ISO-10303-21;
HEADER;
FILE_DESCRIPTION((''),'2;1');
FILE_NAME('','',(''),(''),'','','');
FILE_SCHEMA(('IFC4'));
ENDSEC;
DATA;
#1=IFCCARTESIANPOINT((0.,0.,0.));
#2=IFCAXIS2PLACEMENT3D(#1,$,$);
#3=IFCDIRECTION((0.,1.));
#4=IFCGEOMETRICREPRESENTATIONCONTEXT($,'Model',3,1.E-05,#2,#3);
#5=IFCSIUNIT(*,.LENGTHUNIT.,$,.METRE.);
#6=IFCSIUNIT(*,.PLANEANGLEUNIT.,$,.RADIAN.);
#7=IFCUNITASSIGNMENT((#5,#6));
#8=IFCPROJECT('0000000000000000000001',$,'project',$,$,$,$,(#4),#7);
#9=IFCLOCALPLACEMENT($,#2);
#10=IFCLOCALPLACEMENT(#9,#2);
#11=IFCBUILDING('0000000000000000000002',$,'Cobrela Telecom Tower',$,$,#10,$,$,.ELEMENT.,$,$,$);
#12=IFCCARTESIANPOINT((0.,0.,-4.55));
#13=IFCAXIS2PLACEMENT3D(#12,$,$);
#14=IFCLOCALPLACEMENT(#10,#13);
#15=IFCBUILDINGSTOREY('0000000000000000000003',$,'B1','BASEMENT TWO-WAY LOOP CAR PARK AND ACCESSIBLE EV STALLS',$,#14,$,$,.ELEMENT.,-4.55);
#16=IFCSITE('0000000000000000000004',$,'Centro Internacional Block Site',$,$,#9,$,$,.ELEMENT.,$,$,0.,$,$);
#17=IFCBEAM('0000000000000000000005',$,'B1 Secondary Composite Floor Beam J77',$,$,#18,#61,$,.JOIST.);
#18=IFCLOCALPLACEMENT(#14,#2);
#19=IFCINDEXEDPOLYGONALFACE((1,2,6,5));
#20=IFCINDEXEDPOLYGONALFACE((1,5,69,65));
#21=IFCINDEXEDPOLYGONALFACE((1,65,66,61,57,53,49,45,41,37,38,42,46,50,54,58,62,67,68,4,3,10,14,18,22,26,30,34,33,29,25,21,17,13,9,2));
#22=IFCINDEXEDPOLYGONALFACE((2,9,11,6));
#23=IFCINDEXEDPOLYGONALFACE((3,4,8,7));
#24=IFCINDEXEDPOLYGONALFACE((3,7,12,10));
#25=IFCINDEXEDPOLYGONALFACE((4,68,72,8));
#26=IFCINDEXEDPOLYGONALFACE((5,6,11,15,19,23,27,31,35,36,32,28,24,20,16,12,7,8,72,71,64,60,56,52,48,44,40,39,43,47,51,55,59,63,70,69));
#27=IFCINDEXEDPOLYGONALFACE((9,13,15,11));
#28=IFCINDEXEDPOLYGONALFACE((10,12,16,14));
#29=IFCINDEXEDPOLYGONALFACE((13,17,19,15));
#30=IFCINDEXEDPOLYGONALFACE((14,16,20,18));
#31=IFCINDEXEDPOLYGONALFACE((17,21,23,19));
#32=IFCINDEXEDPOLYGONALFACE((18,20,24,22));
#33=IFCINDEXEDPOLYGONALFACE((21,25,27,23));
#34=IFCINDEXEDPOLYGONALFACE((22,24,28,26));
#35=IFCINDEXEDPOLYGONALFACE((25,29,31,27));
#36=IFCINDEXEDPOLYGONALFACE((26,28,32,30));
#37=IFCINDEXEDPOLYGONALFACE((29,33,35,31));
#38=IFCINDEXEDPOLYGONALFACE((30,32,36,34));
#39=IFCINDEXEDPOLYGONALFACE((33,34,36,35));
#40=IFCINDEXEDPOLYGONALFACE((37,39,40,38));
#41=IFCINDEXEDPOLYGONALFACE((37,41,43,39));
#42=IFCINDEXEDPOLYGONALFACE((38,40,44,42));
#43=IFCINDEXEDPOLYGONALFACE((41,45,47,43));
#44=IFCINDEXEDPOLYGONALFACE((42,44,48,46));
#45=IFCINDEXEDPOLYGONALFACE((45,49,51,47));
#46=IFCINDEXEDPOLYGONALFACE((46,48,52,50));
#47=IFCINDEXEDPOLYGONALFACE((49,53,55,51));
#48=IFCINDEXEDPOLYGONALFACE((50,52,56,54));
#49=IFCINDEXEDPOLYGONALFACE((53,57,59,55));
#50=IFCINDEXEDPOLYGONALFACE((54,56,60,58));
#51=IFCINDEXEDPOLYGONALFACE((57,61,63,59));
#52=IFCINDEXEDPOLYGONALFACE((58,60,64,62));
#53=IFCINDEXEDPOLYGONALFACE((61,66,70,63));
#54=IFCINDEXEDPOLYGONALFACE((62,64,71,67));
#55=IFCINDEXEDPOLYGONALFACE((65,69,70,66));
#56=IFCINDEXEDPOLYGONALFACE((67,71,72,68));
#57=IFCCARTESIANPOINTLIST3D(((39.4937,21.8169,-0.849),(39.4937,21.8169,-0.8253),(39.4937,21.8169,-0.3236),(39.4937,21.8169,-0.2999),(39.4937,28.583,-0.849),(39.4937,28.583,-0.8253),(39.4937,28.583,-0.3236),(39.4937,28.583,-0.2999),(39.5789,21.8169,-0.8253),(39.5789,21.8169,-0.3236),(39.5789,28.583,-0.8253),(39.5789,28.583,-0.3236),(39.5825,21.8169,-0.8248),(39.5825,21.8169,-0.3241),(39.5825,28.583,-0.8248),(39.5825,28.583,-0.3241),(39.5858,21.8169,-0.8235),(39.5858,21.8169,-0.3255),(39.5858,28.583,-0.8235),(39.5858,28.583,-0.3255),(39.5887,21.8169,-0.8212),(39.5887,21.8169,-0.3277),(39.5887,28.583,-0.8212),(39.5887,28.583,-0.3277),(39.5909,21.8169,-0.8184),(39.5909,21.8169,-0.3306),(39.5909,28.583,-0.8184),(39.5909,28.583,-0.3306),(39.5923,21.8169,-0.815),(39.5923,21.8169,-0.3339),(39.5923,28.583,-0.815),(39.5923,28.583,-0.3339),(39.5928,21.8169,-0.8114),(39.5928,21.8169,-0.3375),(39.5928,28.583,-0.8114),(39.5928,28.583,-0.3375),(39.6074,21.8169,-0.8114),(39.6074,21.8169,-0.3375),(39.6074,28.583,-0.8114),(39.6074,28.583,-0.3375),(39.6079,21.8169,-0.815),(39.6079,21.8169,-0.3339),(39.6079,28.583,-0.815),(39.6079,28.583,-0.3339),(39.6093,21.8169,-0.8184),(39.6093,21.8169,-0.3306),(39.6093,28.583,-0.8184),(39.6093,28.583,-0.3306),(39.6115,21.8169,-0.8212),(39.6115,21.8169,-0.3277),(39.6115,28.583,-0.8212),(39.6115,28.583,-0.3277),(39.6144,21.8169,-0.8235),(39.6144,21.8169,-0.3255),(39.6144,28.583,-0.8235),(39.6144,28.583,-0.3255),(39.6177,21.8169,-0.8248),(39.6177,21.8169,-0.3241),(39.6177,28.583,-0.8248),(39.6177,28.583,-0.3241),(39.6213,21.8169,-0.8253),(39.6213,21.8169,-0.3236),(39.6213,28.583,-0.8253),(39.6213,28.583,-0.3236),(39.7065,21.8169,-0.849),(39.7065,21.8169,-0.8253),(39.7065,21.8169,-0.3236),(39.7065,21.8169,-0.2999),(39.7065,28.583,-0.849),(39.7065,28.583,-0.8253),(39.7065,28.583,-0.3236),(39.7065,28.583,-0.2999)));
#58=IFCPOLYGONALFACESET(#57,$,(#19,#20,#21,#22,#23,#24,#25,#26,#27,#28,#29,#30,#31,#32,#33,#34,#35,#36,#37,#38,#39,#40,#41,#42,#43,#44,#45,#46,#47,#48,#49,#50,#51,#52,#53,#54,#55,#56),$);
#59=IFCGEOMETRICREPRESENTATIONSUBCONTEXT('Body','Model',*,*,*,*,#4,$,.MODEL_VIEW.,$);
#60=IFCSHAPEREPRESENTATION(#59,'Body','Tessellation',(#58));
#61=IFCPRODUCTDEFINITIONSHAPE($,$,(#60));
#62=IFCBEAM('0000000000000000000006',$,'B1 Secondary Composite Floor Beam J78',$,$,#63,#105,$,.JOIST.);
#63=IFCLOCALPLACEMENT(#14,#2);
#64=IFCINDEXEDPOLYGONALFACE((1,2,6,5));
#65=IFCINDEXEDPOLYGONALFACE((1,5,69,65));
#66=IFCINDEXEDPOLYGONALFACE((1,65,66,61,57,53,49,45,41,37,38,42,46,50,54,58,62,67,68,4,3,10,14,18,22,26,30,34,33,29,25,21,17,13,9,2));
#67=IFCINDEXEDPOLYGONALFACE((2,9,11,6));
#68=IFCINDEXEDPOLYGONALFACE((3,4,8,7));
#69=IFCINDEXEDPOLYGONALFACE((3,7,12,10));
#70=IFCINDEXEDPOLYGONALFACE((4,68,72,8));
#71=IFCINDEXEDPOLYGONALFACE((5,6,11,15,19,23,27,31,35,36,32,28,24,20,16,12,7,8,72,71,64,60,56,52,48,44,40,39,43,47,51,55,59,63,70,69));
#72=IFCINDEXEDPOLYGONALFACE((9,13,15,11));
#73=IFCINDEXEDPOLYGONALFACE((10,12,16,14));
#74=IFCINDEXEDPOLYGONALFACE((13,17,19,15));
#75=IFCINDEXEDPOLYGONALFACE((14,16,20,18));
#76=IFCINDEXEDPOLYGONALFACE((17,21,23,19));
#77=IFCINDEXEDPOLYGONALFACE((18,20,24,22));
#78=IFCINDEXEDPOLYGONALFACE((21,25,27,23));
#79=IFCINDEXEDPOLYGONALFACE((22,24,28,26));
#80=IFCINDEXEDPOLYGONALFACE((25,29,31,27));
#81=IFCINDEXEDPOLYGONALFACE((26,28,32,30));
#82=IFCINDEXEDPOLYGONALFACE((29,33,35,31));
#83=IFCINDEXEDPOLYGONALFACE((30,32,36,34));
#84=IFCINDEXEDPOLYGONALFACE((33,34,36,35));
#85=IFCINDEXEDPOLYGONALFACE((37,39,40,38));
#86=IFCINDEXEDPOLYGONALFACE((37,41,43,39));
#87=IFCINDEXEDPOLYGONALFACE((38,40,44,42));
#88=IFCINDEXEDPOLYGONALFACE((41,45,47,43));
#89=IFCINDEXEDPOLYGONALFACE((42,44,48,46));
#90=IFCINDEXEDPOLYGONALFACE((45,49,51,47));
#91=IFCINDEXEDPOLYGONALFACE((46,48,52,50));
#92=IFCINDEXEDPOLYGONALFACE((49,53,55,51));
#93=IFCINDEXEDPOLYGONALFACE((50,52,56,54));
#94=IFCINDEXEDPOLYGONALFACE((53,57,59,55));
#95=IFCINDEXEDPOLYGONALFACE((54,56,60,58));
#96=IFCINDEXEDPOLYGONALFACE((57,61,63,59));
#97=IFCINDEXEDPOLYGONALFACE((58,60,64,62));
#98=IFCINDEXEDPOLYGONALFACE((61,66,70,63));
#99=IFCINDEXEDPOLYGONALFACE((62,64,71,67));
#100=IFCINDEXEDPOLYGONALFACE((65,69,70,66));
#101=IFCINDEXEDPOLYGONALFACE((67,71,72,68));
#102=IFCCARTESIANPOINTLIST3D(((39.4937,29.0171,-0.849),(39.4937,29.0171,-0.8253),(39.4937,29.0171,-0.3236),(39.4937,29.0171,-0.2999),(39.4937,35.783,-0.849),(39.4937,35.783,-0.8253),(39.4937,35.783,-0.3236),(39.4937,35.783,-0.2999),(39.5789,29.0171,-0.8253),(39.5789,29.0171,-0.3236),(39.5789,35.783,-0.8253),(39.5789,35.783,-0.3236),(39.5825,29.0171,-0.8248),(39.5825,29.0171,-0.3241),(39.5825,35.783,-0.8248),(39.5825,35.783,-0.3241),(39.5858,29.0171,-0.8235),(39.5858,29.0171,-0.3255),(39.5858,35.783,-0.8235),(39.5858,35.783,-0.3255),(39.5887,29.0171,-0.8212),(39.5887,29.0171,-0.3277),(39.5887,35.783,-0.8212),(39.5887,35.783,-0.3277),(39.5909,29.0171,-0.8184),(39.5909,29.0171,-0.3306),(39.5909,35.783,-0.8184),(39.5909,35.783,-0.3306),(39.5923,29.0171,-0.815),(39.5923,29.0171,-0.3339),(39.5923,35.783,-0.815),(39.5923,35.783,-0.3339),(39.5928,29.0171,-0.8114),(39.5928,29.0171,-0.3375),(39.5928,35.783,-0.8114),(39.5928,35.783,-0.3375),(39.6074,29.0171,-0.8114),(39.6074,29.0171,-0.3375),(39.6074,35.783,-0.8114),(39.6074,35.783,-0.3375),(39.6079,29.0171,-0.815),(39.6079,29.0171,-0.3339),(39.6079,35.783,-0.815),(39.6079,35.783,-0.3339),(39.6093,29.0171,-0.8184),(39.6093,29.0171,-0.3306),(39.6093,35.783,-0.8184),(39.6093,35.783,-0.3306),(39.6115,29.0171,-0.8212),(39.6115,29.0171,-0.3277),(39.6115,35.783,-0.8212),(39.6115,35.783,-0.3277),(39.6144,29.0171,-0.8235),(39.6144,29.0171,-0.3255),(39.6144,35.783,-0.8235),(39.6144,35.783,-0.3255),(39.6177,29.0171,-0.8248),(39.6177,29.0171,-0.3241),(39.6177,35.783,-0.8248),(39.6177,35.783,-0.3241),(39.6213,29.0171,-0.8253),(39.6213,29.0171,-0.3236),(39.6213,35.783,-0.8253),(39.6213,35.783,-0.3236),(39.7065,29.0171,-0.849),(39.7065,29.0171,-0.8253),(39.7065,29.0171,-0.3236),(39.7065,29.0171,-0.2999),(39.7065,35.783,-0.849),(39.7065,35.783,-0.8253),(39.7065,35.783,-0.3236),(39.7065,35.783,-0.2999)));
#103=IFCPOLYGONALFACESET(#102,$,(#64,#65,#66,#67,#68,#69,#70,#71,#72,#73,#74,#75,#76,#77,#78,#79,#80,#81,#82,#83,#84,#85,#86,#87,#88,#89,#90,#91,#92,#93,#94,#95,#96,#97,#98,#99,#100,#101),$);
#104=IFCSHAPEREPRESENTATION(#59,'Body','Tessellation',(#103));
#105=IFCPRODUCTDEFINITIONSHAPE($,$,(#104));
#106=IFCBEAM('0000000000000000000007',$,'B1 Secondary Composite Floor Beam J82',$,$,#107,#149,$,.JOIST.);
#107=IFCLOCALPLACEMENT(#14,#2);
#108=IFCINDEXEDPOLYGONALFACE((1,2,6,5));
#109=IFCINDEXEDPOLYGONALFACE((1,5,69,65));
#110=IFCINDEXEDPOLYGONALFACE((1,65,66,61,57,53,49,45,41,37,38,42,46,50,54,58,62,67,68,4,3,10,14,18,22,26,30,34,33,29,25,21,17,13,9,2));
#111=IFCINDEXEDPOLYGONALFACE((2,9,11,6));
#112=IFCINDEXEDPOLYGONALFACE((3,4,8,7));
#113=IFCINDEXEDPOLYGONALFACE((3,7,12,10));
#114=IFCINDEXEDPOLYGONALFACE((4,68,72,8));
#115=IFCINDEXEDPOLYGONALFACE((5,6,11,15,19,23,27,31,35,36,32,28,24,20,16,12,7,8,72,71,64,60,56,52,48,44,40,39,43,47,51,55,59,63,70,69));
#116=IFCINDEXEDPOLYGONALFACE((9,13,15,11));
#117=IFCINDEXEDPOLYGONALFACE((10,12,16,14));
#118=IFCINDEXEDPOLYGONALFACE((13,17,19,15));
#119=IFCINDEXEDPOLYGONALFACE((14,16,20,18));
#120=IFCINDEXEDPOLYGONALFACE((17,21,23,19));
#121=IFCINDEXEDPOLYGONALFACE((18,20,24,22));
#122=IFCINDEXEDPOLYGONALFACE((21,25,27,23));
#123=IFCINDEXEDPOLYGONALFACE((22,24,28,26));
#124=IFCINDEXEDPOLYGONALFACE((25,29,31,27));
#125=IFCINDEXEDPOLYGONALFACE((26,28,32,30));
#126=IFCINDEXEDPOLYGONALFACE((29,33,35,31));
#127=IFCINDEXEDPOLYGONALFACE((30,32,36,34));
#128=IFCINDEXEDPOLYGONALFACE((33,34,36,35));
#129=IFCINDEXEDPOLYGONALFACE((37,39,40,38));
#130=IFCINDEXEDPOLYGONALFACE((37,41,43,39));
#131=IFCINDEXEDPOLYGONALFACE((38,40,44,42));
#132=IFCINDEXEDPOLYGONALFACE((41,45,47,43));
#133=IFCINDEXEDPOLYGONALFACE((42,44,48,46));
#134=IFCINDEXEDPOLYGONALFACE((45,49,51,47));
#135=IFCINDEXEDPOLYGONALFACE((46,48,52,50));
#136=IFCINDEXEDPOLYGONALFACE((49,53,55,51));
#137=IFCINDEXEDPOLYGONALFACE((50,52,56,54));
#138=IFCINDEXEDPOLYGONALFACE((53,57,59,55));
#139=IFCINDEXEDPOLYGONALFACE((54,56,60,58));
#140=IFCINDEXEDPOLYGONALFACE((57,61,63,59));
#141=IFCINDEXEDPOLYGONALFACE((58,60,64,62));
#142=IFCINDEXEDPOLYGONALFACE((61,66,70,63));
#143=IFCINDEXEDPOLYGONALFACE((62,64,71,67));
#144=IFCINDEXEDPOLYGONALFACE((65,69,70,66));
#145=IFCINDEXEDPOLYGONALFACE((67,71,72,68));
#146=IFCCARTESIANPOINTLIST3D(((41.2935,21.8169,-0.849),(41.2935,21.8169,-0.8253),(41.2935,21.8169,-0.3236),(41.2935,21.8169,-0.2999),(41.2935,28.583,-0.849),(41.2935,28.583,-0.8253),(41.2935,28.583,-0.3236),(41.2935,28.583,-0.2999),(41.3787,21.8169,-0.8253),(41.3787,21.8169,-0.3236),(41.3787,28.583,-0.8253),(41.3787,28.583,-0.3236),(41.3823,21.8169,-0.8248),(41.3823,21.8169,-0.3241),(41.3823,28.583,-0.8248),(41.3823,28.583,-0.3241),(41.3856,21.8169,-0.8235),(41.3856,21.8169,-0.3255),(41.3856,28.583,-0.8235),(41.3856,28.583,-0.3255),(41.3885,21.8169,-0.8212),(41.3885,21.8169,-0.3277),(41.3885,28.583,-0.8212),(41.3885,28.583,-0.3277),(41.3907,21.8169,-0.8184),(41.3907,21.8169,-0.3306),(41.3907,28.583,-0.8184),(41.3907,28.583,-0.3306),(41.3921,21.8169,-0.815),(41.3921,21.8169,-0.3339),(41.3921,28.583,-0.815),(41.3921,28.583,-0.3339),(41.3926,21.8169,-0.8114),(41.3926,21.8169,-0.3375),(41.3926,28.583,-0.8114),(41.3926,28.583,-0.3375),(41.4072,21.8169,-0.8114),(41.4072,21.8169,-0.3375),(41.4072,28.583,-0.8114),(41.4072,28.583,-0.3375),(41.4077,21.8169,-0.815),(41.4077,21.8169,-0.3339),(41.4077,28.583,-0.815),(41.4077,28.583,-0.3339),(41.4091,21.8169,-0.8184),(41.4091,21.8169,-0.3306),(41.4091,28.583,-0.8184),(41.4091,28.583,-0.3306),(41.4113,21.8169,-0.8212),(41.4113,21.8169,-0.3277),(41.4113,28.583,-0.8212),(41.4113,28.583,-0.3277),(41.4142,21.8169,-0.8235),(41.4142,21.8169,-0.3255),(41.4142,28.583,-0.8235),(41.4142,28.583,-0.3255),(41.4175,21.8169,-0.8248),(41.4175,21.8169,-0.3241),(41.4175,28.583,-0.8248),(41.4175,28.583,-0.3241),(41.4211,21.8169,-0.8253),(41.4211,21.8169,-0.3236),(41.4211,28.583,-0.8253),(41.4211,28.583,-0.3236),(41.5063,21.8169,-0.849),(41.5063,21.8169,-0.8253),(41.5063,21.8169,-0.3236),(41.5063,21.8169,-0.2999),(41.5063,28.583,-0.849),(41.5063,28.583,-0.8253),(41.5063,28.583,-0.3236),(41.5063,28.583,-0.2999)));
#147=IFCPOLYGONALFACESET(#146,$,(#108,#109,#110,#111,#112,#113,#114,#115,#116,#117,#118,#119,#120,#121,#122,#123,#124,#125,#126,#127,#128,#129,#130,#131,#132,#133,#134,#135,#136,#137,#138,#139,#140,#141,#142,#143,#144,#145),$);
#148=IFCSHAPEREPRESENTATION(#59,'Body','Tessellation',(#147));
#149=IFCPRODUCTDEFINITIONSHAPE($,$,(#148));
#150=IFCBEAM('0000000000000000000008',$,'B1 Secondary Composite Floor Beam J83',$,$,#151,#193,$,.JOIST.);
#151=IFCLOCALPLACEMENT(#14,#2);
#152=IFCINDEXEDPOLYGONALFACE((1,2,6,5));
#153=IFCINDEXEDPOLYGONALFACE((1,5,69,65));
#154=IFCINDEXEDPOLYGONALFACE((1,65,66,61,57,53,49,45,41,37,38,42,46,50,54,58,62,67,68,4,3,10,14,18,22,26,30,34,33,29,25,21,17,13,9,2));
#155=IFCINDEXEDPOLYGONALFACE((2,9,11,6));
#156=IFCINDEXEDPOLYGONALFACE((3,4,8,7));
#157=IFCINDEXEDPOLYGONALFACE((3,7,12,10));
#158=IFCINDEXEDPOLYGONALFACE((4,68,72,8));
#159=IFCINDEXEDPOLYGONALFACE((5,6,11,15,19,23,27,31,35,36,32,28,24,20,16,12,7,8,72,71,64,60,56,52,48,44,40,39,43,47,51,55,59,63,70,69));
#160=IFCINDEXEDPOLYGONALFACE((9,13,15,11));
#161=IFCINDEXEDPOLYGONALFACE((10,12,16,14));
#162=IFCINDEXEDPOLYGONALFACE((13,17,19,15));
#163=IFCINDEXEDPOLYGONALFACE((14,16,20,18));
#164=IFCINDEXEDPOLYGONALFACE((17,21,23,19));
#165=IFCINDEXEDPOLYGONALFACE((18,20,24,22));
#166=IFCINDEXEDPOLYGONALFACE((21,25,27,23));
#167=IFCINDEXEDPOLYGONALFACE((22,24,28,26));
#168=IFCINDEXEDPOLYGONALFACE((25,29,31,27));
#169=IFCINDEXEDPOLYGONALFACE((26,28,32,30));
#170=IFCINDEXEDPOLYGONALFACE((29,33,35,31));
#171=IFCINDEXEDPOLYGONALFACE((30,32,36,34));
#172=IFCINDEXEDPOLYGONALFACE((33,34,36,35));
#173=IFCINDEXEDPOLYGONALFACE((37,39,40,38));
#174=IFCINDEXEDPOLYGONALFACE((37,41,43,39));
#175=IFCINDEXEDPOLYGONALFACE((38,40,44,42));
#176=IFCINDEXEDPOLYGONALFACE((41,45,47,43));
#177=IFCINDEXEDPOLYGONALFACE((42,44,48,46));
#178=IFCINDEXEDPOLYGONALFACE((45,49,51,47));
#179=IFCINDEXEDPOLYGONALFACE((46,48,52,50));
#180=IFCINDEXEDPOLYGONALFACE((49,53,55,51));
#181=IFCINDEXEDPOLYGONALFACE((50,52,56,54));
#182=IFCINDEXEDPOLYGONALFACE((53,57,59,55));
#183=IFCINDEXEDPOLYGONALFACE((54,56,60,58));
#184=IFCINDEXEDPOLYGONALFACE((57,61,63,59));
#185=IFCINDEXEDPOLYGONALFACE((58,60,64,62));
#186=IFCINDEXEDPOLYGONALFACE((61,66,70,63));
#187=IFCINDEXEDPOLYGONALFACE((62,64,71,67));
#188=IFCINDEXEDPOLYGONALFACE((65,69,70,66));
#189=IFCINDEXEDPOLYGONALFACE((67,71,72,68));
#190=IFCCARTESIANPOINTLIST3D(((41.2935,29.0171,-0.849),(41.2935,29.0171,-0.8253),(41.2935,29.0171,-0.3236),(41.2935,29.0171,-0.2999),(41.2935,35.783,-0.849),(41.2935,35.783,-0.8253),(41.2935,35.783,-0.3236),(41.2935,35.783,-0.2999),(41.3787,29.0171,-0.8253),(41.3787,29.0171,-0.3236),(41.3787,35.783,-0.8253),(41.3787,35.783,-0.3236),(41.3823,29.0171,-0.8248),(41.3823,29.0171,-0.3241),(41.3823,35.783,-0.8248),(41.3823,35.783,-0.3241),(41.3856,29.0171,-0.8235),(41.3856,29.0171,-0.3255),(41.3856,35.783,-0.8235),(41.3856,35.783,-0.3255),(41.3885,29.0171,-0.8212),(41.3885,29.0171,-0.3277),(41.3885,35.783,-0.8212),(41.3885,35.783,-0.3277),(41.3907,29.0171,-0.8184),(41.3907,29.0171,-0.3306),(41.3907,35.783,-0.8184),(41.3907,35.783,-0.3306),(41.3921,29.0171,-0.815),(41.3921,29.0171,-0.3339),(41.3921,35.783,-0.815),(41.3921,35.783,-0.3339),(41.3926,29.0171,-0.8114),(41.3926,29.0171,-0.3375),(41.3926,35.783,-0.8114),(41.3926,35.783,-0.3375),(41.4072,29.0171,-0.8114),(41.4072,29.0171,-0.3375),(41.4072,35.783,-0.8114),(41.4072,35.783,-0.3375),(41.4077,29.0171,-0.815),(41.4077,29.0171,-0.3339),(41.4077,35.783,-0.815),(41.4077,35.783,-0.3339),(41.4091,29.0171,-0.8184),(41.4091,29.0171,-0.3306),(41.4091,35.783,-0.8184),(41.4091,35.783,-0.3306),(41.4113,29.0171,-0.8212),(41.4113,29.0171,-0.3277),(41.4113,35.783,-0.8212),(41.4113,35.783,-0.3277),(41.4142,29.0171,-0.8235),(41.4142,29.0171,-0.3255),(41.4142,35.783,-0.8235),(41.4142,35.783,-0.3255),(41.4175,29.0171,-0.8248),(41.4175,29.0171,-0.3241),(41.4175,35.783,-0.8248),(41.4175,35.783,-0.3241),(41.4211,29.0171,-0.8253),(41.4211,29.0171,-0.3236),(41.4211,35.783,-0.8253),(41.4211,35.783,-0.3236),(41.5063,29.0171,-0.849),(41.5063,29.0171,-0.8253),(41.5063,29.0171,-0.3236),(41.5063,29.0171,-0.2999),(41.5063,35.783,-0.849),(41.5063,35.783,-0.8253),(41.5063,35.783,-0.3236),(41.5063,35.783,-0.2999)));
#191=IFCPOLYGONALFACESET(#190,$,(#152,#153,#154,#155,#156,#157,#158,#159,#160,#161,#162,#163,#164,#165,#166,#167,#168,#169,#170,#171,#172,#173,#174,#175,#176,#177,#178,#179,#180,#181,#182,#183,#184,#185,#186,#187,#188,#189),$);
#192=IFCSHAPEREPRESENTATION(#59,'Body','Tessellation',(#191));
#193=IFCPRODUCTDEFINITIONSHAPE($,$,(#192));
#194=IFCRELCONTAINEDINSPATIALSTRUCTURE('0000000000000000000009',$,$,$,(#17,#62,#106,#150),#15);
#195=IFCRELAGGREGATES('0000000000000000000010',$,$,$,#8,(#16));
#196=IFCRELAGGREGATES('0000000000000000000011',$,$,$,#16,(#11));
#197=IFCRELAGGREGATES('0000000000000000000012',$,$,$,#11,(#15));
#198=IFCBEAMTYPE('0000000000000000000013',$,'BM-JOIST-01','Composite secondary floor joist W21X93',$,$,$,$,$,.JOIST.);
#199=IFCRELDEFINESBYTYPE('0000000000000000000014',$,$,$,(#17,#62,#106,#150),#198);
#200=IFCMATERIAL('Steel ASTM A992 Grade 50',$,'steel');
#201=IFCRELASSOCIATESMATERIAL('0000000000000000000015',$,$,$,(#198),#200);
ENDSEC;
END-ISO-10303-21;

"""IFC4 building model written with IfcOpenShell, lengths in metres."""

from ifc_helpers import new_model, si_unit, direction, frame, origin, origin_2d, place, context, subcontext, project, spatial, i_section, extrude, material, material_profile, profile_set, type_object, element, save


model = new_model("IFC4")

# Units and contexts
model_context = context("Model", 3, precision=1e-05, world=origin(), true_north=direction((0.0, 1.0)))
body_context = subcontext(model_context, "Body", "Model", "MODEL_VIEW")
ifc_project = project(units=[si_unit("LENGTHUNIT", "METRE"), si_unit("PLANEANGLEUNIT", "RADIAN")], contexts=[model_context])

# Site, building, storey
site_placement = place(None, origin())
site = spatial("IfcSite", under=ifc_project, at=site_placement, Name="Centro Internacional Block Site", CompositionType="ELEMENT", RefElevation=0.0)
building_placement = place(site_placement, origin())
building = spatial("IfcBuilding", under=site, at=building_placement, Name="Cobrela Telecom Tower", CompositionType="ELEMENT")
storey_placement = place(building_placement, frame((0.0, 0.0, -4.55)))
storey = spatial("IfcBuildingStorey", under=building, at=storey_placement, Name="B1", Description="BASEMENT TWO-WAY LOOP CAR PARK AND ACCESSIBLE EV STALLS", CompositionType="ELEMENT", Elevation=-4.55)

# Beams
ifc_material_1 = material(Name="Steel ASTM A992 Grade 50", Category="steel")
ifc_material_profile_1 = material_profile(ifc_material_1, i_section(OverallWidth=0.2129, OverallDepth=0.5491, WebThickness=0.0146, FlangeThickness=0.0237, FilletRadius=0.0139, at=origin_2d()), Name="W21X93")
ifc_profile_set_1 = profile_set([ifc_material_profile_1], Name="Steel ASTM A992 Grade 50")
beam_type_1 = type_object("IfcBeamType", Name="BM-JOIST-01", Description="Composite secondary floor joist W21X93", PredefinedType="JOIST", material=ifc_profile_set_1)
beam_1_placement = place(storey_placement, frame((39.6001, 21.8169, -0.5745), z_axis=(0.0, 1.0, 0.0), x_axis=(-1.0, 0.0, 0.0)))
element("IfcBeam", 1, at=beam_1_placement, inside=storey, type_object=beam_type_1, Name="B1 Secondary Composite Floor Beam J77", PredefinedType="JOIST", context=body_context, shape_type="SweptSolid", body=[
    extrude(i_section(OverallWidth=0.2129, OverallDepth=0.5491, WebThickness=0.0146, FlangeThickness=0.0237, FilletRadius=0.0139, at=origin_2d()), origin(), (0.0, 0.0, 1.0), 6.7661),
])
beam_2_placement = place(storey_placement, frame((39.6001, 29.0171, -0.5745), z_axis=(0.0, 1.0, 0.0), x_axis=(-1.0, 0.0, 0.0)))
element("IfcBeam", 2, at=beam_2_placement, inside=storey, type_object=beam_type_1, Name="B1 Secondary Composite Floor Beam J78", PredefinedType="JOIST", context=body_context, shape_type="SweptSolid", body=[
    extrude(i_section(OverallWidth=0.2129, OverallDepth=0.5491, WebThickness=0.0146, FlangeThickness=0.0237, FilletRadius=0.0139, at=origin_2d()), origin(), (0.0, 0.0, 1.0), 6.7659),
])
beam_3_placement = place(storey_placement, frame((41.3999, 21.8169, -0.5745), z_axis=(0.0, 1.0, 0.0), x_axis=(-1.0, 0.0, 0.0)))
element("IfcBeam", 3, at=beam_3_placement, inside=storey, type_object=beam_type_1, Name="B1 Secondary Composite Floor Beam J82", PredefinedType="JOIST", context=body_context, shape_type="SweptSolid", body=[
    extrude(i_section(OverallWidth=0.2129, OverallDepth=0.5491, WebThickness=0.0146, FlangeThickness=0.0237, FilletRadius=0.0139, at=origin_2d()), origin(), (0.0, 0.0, 1.0), 6.7661),
])
beam_4_placement = place(storey_placement, frame((41.3999, 29.0171, -0.5745), z_axis=(0.0, 1.0, 0.0), x_axis=(-1.0, 0.0, 0.0)))
element("IfcBeam", 4, at=beam_4_placement, inside=storey, type_object=beam_type_1, Name="B1 Secondary Composite Floor Beam J83", PredefinedType="JOIST", context=body_context, shape_type="SweptSolid", body=[
    extrude(i_section(OverallWidth=0.2129, OverallDepth=0.5491, WebThickness=0.0146, FlangeThickness=0.0237, FilletRadius=0.0139, at=origin_2d()), origin(), (0.0, 0.0, 1.0), 6.7659),
])

save(model, "model.ifc")
